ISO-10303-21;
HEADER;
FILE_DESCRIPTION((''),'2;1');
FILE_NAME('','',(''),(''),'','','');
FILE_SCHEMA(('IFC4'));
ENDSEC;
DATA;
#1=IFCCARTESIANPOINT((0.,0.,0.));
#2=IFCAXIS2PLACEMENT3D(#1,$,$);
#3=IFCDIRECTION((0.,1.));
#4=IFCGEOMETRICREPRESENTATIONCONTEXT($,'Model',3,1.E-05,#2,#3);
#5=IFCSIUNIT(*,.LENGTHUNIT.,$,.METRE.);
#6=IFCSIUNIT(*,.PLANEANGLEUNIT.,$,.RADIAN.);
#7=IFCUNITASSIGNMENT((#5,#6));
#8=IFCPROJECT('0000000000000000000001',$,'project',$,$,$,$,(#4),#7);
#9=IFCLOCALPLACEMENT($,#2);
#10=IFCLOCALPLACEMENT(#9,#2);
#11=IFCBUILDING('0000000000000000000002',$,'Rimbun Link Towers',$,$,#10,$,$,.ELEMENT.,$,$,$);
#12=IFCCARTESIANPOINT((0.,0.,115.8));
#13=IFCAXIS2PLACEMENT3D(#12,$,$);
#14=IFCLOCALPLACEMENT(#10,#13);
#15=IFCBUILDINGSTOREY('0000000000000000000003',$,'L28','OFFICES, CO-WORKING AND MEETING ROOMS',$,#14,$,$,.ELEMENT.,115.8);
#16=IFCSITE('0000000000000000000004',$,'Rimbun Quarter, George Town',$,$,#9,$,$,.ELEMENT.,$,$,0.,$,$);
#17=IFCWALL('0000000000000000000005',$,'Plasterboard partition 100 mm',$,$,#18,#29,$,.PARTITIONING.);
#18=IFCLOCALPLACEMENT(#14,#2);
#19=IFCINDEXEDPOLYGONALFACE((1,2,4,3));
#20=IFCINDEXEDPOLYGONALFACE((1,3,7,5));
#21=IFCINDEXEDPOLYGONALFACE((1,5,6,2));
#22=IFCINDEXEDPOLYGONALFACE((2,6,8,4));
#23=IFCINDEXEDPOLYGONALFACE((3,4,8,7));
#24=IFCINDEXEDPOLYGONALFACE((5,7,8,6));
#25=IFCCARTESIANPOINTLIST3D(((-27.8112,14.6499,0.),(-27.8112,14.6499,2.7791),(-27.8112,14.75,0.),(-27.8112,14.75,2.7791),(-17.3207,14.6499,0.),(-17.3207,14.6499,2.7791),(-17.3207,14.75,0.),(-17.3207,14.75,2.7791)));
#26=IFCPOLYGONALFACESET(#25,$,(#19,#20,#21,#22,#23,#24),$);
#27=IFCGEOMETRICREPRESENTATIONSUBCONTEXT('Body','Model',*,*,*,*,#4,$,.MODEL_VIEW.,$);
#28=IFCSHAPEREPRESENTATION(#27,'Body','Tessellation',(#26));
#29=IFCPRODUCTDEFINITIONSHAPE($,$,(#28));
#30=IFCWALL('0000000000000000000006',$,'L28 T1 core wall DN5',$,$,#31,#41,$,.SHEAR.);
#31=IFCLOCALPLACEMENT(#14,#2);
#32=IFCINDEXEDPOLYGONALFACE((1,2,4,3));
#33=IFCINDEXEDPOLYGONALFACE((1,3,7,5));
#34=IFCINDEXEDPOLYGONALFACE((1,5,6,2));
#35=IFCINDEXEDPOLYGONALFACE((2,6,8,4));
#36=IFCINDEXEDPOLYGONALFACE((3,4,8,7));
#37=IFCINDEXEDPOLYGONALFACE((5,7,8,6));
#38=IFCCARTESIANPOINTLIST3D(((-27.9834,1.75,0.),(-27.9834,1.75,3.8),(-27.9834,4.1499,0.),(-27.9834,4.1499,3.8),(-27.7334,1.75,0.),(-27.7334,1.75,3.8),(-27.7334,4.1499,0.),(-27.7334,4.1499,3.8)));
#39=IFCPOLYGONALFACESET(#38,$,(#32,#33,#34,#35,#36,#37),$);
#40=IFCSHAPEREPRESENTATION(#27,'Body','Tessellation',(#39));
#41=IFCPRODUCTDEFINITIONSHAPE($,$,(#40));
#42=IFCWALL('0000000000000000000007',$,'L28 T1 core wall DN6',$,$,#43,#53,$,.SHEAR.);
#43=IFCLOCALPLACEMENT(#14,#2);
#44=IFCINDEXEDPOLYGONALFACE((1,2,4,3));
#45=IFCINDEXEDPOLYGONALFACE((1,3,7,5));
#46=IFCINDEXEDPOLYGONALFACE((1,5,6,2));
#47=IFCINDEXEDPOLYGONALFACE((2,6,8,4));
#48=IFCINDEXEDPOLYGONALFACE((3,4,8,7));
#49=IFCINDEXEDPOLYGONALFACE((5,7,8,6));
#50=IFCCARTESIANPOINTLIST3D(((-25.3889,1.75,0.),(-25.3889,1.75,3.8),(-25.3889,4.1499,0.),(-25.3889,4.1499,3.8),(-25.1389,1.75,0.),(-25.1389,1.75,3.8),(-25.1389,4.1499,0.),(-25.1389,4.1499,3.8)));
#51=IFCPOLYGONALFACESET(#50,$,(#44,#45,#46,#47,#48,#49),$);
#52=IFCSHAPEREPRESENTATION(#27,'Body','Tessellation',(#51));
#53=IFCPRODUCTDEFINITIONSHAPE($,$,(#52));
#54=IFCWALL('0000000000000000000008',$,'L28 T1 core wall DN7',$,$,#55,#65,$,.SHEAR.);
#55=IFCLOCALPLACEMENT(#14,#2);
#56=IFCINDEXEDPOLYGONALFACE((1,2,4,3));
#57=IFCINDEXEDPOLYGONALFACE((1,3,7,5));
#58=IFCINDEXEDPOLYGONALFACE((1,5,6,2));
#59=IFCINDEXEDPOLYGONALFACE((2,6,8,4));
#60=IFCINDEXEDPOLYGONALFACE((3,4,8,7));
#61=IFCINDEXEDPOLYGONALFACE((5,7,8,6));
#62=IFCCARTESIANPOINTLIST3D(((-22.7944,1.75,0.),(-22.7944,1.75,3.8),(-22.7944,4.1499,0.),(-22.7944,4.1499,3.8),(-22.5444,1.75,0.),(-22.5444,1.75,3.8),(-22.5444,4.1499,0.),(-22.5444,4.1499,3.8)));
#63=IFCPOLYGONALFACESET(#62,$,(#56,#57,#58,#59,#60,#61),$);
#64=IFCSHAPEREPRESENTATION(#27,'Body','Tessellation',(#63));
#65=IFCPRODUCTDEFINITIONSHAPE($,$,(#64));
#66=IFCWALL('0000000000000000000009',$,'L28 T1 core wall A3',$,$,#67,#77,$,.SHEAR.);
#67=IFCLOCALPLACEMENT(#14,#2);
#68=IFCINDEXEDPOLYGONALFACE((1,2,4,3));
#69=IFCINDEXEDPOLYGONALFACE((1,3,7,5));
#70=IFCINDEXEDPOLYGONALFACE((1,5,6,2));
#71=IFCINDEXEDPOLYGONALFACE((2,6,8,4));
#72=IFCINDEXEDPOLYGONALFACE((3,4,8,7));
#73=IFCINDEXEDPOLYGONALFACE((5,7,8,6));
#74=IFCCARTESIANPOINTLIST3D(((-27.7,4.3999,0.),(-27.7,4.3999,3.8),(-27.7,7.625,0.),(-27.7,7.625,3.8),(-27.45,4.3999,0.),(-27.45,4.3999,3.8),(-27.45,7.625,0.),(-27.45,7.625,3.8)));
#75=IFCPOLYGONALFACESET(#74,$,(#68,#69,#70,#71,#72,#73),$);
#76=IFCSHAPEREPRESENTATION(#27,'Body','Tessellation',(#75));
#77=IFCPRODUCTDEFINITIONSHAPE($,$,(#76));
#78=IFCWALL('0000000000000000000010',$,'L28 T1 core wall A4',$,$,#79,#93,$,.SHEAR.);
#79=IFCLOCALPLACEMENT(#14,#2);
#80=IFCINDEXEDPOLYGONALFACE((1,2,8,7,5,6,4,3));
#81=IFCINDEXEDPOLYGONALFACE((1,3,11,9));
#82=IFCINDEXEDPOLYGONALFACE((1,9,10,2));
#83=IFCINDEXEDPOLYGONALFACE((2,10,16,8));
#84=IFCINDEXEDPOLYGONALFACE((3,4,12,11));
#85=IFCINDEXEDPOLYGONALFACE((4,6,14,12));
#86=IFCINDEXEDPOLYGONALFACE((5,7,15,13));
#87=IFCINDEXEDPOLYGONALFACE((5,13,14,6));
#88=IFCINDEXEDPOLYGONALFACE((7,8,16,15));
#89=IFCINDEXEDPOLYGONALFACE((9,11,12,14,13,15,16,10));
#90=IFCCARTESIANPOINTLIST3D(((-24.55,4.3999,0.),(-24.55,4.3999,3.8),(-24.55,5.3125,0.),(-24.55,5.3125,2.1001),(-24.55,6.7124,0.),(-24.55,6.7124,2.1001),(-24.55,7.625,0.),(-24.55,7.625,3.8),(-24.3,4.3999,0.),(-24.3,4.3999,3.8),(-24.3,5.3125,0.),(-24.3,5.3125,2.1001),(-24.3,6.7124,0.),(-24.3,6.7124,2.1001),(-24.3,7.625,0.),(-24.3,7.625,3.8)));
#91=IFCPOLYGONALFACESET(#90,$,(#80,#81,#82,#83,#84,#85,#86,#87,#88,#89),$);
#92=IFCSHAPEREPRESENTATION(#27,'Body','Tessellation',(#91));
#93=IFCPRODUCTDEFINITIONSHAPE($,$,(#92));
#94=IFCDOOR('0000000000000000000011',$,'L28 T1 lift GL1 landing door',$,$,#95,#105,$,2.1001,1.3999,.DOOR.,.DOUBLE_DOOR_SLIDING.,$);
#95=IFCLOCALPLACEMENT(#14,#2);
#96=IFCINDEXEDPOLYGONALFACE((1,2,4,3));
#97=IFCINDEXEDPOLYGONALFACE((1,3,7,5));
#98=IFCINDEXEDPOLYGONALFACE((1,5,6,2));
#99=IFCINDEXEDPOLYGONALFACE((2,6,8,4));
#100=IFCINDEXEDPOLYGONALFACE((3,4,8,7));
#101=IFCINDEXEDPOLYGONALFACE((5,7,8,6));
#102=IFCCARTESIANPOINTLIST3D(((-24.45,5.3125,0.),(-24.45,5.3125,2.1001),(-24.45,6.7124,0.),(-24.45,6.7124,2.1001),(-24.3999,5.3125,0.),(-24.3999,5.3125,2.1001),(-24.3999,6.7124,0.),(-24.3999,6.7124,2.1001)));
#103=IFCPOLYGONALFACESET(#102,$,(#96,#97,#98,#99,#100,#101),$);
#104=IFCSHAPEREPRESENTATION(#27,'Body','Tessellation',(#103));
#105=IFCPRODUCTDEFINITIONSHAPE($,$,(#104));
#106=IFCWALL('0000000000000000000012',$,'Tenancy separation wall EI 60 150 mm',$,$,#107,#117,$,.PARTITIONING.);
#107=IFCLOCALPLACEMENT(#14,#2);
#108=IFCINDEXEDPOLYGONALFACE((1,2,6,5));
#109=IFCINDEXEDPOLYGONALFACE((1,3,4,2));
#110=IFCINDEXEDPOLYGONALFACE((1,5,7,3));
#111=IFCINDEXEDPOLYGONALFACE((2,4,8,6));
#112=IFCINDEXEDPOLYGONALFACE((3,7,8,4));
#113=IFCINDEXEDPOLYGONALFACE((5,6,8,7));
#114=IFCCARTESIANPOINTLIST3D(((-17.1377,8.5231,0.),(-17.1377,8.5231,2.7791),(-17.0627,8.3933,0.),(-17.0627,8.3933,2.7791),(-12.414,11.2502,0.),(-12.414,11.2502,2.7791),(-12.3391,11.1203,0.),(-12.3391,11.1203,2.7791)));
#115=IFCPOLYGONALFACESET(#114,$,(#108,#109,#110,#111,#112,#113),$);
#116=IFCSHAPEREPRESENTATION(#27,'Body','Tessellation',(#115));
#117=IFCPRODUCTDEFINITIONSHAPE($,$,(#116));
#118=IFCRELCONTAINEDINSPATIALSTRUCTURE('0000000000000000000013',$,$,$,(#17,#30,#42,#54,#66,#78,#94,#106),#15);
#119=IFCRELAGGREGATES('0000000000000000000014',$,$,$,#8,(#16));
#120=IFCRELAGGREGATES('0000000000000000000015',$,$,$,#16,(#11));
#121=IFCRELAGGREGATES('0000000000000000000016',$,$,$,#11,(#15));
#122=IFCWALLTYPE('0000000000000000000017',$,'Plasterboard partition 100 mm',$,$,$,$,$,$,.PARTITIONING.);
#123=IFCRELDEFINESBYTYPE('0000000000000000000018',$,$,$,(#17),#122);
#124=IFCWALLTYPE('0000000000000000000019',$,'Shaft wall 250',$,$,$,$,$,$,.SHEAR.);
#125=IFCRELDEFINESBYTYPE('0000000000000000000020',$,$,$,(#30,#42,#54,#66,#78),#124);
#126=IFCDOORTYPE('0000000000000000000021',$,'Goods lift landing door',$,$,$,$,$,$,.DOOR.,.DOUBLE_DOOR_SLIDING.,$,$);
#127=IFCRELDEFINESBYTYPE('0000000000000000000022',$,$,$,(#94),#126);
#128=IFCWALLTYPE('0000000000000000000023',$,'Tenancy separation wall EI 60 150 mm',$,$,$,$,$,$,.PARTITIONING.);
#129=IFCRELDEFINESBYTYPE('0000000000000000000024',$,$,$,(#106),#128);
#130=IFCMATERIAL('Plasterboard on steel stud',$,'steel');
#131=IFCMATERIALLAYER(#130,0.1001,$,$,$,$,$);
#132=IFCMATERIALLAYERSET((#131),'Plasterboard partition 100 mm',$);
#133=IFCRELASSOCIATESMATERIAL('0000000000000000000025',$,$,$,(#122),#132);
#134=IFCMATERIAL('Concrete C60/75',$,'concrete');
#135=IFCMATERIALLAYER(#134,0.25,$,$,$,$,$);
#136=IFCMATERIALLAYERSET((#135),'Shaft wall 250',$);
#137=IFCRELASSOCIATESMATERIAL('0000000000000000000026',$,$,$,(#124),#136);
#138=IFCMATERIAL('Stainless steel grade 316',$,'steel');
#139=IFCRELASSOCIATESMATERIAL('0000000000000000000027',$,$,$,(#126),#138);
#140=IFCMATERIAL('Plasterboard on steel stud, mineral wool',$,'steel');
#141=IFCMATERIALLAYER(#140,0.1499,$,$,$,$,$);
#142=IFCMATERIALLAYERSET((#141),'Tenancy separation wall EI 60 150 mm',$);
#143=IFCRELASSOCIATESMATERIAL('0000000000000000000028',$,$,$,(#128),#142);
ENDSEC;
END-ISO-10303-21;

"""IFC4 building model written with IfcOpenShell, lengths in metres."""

from ifc_helpers import new_model, si_unit, direction, frame, frame_2d, origin, place, context, subcontext, project, spatial, rectangle, extrude, material, layer, layer_set, type_object, element, fill, save


model = new_model("IFC4")

# Units and contexts
model_context = context("Model", 3, precision=1e-05, world=origin(), true_north=direction((0.0, 1.0)))
body_context = subcontext(model_context, "Body", "Model", "MODEL_VIEW")
ifc_project = project(units=[si_unit("LENGTHUNIT", "METRE"), si_unit("PLANEANGLEUNIT", "RADIAN")], contexts=[model_context])

# Site, building, storey
site_placement = place(None, origin())
site = spatial("IfcSite", under=ifc_project, at=site_placement, Name="Rimbun Quarter, George Town", CompositionType="ELEMENT", RefElevation=0.0)
building_placement = place(site_placement, origin())
building = spatial("IfcBuilding", under=site, at=building_placement, Name="Rimbun Link Towers", CompositionType="ELEMENT")
storey_placement = place(building_placement, frame((0.0, 0.0, 115.8)))
storey = spatial("IfcBuildingStorey", under=building, at=storey_placement, Name="L28", Description="OFFICES, CO-WORKING AND MEETING ROOMS", CompositionType="ELEMENT", Elevation=115.8)

# Shared definitions
ifc_material_1 = material(Name="Plasterboard on steel stud", Category="steel")
ifc_layer_1 = layer(ifc_material_1, 0.1001)
ifc_layer_set_1 = layer_set([ifc_layer_1], Name="Plasterboard partition 100 mm")
wall_type_1 = type_object("IfcWallType", Name="Plasterboard partition 100 mm", PredefinedType="PARTITIONING", material=ifc_layer_set_1)

# Walls
wall_1_placement = place(storey_placement, frame((-17.3208, 14.7, 0.0), z_axis=(0.0, 0.0, 1.0), x_axis=(-1.0, 0.0, 0.0)))
element("IfcWall", 1, at=wall_1_placement, inside=storey, type_object=wall_type_1, Name="Plasterboard partition 100 mm", PredefinedType="PARTITIONING", context=body_context, shape_type="SweptSolid", body=[
    extrude(rectangle(XDim=10.4905, YDim=0.1001, at=frame_2d((5.2451, 0.0))), origin(), (0.0, 0.0, 1.0), 2.7791),
])
ifc_material_2 = material(Name="Concrete C60/75", Category="concrete")
ifc_layer_2 = layer(ifc_material_2, 0.25)
ifc_layer_set_2 = layer_set([ifc_layer_2], Name="Shaft wall 250")
wall_type_2 = type_object("IfcWallType", Name="Shaft wall 250", PredefinedType="SHEAR", material=ifc_layer_set_2)
for number, where, z_axis, x_axis, name in (
    (2, (-27.8584, 1.75, 0.0), (0.0, 0.0, 1.0), (0.0, 1.0, 0.0), "L28 T1 core wall DN5"),
    (3, (-25.2639, 1.75, 0.0), (0.0, 0.0, 1.0), (0.0, 1.0, 0.0), "L28 T1 core wall DN6"),
    (4, (-22.6694, 1.75, 0.0), (0.0, 0.0, 1.0), (0.0, 1.0, 0.0), "L28 T1 core wall DN7"),
):
    element("IfcWall", number, at=place(storey_placement, frame(where, z_axis=z_axis, x_axis=x_axis)), inside=storey, type_object=wall_type_2, Name=name, PredefinedType="SHEAR", context=body_context, shape_type="SweptSolid", body=[
        extrude(rectangle(XDim=2.3999, YDim=0.25, at=frame_2d((1.2, 0.0))), origin(), (0.0, 0.0, 1.0), 3.8),
    ])
wall_2_placement = place(storey_placement, frame((-27.575, 4.3999, 0.0), z_axis=(0.0, 0.0, 1.0), x_axis=(0.0, 1.0, 0.0)))
element("IfcWall", 5, at=wall_2_placement, inside=storey, type_object=wall_type_2, Name="L28 T1 core wall A3", PredefinedType="SHEAR", context=body_context, shape_type="SweptSolid", body=[
    extrude(rectangle(XDim=3.2251, YDim=0.25, at=frame_2d((1.6125, 0.0))), origin(), (0.0, 0.0, 1.0), 3.8),
])

# Wall, opening, door
wall_3_placement = place(storey_placement, frame((-24.425, 4.3999, 0.0), z_axis=(0.0, 0.0, 1.0), x_axis=(0.0, 1.0, 0.0)))
wall_3 = element("IfcWall", 6, at=wall_3_placement, inside=storey, type_object=wall_type_2, Name="L28 T1 core wall A4", PredefinedType="SHEAR", context=body_context, shape_type="SweptSolid", body=[
    extrude(rectangle(XDim=3.2251, YDim=0.25, at=frame_2d((1.6125, 0.0))), origin(), (0.0, 0.0, 1.0), 3.8),
])
opening_1_placement = place(wall_3_placement, frame((0.9126, 0.0, 0.0)))
opening_1 = element("IfcOpeningElement", 7, at=opening_1_placement, cuts=wall_3, PredefinedType="OPENING", context=body_context, shape_type="SweptSolid", body=[
    extrude(rectangle(XDim=1.3999, YDim=2.1001, at=frame_2d((0.7, 1.05))), frame((0.0, 0.135, 0.0), z_axis=(0.0, -1.0, 0.0), x_axis=(1.0, 0.0, 0.0)), (0.0, 0.0, 1.0), 0.27),
])
ifc_material_3 = material(Name="Stainless steel grade 316", Category="steel")
door_type_1 = type_object("IfcDoorType", Name="Goods lift landing door", OperationType="DOUBLE_DOOR_SLIDING", PredefinedType="DOOR", material=ifc_material_3)
door_1_placement = place(opening_1_placement, origin())
door_1 = element("IfcDoor", 8, at=door_1_placement, inside=storey, type_object=door_type_1, Name="L28 T1 lift GL1 landing door", OperationType="DOUBLE_DOOR_SLIDING", OverallHeight=2.1001, OverallWidth=1.3999, PredefinedType="DOOR", context=body_context, shape_type="SweptSolid", body=[
    extrude(rectangle(XDim=1.3999, YDim=2.1001, at=frame_2d((0.7, 1.05))), frame((0.0, 0.0249, 0.0), z_axis=(0.0, -1.0, 0.0), x_axis=(1.0, 0.0, 0.0)), (0.0, 0.0, 1.0), 0.05),
])
fill(opening_1, door_1)

# Wall
ifc_material_4 = material(Name="Plasterboard on steel stud, mineral wool", Category="steel")
ifc_layer_3 = layer(ifc_material_4, 0.1499)
ifc_layer_set_3 = layer_set([ifc_layer_3], Name="Tenancy separation wall EI 60 150 mm")
wall_type_3 = type_object("IfcWallType", Name="Tenancy separation wall EI 60 150 mm", PredefinedType="PARTITIONING", material=ifc_layer_set_3)
wall_4_placement = place(storey_placement, frame((-17.1001, 8.4583, 0.0), z_axis=(0.0, 0.0, 1.0), x_axis=(0.866037, 0.499981, 0.0)))
element("IfcWall", 9, at=wall_4_placement, inside=storey, type_object=wall_type_3, Name="Tenancy separation wall EI 60 150 mm", PredefinedType="PARTITIONING", context=body_context, shape_type="SweptSolid", body=[
    extrude(rectangle(XDim=5.4543, YDim=0.1499, at=frame_2d((2.7271, 0.0))), origin(), (0.0, 0.0, 1.0), 2.7791),
])

save(model, "model.ifc")
